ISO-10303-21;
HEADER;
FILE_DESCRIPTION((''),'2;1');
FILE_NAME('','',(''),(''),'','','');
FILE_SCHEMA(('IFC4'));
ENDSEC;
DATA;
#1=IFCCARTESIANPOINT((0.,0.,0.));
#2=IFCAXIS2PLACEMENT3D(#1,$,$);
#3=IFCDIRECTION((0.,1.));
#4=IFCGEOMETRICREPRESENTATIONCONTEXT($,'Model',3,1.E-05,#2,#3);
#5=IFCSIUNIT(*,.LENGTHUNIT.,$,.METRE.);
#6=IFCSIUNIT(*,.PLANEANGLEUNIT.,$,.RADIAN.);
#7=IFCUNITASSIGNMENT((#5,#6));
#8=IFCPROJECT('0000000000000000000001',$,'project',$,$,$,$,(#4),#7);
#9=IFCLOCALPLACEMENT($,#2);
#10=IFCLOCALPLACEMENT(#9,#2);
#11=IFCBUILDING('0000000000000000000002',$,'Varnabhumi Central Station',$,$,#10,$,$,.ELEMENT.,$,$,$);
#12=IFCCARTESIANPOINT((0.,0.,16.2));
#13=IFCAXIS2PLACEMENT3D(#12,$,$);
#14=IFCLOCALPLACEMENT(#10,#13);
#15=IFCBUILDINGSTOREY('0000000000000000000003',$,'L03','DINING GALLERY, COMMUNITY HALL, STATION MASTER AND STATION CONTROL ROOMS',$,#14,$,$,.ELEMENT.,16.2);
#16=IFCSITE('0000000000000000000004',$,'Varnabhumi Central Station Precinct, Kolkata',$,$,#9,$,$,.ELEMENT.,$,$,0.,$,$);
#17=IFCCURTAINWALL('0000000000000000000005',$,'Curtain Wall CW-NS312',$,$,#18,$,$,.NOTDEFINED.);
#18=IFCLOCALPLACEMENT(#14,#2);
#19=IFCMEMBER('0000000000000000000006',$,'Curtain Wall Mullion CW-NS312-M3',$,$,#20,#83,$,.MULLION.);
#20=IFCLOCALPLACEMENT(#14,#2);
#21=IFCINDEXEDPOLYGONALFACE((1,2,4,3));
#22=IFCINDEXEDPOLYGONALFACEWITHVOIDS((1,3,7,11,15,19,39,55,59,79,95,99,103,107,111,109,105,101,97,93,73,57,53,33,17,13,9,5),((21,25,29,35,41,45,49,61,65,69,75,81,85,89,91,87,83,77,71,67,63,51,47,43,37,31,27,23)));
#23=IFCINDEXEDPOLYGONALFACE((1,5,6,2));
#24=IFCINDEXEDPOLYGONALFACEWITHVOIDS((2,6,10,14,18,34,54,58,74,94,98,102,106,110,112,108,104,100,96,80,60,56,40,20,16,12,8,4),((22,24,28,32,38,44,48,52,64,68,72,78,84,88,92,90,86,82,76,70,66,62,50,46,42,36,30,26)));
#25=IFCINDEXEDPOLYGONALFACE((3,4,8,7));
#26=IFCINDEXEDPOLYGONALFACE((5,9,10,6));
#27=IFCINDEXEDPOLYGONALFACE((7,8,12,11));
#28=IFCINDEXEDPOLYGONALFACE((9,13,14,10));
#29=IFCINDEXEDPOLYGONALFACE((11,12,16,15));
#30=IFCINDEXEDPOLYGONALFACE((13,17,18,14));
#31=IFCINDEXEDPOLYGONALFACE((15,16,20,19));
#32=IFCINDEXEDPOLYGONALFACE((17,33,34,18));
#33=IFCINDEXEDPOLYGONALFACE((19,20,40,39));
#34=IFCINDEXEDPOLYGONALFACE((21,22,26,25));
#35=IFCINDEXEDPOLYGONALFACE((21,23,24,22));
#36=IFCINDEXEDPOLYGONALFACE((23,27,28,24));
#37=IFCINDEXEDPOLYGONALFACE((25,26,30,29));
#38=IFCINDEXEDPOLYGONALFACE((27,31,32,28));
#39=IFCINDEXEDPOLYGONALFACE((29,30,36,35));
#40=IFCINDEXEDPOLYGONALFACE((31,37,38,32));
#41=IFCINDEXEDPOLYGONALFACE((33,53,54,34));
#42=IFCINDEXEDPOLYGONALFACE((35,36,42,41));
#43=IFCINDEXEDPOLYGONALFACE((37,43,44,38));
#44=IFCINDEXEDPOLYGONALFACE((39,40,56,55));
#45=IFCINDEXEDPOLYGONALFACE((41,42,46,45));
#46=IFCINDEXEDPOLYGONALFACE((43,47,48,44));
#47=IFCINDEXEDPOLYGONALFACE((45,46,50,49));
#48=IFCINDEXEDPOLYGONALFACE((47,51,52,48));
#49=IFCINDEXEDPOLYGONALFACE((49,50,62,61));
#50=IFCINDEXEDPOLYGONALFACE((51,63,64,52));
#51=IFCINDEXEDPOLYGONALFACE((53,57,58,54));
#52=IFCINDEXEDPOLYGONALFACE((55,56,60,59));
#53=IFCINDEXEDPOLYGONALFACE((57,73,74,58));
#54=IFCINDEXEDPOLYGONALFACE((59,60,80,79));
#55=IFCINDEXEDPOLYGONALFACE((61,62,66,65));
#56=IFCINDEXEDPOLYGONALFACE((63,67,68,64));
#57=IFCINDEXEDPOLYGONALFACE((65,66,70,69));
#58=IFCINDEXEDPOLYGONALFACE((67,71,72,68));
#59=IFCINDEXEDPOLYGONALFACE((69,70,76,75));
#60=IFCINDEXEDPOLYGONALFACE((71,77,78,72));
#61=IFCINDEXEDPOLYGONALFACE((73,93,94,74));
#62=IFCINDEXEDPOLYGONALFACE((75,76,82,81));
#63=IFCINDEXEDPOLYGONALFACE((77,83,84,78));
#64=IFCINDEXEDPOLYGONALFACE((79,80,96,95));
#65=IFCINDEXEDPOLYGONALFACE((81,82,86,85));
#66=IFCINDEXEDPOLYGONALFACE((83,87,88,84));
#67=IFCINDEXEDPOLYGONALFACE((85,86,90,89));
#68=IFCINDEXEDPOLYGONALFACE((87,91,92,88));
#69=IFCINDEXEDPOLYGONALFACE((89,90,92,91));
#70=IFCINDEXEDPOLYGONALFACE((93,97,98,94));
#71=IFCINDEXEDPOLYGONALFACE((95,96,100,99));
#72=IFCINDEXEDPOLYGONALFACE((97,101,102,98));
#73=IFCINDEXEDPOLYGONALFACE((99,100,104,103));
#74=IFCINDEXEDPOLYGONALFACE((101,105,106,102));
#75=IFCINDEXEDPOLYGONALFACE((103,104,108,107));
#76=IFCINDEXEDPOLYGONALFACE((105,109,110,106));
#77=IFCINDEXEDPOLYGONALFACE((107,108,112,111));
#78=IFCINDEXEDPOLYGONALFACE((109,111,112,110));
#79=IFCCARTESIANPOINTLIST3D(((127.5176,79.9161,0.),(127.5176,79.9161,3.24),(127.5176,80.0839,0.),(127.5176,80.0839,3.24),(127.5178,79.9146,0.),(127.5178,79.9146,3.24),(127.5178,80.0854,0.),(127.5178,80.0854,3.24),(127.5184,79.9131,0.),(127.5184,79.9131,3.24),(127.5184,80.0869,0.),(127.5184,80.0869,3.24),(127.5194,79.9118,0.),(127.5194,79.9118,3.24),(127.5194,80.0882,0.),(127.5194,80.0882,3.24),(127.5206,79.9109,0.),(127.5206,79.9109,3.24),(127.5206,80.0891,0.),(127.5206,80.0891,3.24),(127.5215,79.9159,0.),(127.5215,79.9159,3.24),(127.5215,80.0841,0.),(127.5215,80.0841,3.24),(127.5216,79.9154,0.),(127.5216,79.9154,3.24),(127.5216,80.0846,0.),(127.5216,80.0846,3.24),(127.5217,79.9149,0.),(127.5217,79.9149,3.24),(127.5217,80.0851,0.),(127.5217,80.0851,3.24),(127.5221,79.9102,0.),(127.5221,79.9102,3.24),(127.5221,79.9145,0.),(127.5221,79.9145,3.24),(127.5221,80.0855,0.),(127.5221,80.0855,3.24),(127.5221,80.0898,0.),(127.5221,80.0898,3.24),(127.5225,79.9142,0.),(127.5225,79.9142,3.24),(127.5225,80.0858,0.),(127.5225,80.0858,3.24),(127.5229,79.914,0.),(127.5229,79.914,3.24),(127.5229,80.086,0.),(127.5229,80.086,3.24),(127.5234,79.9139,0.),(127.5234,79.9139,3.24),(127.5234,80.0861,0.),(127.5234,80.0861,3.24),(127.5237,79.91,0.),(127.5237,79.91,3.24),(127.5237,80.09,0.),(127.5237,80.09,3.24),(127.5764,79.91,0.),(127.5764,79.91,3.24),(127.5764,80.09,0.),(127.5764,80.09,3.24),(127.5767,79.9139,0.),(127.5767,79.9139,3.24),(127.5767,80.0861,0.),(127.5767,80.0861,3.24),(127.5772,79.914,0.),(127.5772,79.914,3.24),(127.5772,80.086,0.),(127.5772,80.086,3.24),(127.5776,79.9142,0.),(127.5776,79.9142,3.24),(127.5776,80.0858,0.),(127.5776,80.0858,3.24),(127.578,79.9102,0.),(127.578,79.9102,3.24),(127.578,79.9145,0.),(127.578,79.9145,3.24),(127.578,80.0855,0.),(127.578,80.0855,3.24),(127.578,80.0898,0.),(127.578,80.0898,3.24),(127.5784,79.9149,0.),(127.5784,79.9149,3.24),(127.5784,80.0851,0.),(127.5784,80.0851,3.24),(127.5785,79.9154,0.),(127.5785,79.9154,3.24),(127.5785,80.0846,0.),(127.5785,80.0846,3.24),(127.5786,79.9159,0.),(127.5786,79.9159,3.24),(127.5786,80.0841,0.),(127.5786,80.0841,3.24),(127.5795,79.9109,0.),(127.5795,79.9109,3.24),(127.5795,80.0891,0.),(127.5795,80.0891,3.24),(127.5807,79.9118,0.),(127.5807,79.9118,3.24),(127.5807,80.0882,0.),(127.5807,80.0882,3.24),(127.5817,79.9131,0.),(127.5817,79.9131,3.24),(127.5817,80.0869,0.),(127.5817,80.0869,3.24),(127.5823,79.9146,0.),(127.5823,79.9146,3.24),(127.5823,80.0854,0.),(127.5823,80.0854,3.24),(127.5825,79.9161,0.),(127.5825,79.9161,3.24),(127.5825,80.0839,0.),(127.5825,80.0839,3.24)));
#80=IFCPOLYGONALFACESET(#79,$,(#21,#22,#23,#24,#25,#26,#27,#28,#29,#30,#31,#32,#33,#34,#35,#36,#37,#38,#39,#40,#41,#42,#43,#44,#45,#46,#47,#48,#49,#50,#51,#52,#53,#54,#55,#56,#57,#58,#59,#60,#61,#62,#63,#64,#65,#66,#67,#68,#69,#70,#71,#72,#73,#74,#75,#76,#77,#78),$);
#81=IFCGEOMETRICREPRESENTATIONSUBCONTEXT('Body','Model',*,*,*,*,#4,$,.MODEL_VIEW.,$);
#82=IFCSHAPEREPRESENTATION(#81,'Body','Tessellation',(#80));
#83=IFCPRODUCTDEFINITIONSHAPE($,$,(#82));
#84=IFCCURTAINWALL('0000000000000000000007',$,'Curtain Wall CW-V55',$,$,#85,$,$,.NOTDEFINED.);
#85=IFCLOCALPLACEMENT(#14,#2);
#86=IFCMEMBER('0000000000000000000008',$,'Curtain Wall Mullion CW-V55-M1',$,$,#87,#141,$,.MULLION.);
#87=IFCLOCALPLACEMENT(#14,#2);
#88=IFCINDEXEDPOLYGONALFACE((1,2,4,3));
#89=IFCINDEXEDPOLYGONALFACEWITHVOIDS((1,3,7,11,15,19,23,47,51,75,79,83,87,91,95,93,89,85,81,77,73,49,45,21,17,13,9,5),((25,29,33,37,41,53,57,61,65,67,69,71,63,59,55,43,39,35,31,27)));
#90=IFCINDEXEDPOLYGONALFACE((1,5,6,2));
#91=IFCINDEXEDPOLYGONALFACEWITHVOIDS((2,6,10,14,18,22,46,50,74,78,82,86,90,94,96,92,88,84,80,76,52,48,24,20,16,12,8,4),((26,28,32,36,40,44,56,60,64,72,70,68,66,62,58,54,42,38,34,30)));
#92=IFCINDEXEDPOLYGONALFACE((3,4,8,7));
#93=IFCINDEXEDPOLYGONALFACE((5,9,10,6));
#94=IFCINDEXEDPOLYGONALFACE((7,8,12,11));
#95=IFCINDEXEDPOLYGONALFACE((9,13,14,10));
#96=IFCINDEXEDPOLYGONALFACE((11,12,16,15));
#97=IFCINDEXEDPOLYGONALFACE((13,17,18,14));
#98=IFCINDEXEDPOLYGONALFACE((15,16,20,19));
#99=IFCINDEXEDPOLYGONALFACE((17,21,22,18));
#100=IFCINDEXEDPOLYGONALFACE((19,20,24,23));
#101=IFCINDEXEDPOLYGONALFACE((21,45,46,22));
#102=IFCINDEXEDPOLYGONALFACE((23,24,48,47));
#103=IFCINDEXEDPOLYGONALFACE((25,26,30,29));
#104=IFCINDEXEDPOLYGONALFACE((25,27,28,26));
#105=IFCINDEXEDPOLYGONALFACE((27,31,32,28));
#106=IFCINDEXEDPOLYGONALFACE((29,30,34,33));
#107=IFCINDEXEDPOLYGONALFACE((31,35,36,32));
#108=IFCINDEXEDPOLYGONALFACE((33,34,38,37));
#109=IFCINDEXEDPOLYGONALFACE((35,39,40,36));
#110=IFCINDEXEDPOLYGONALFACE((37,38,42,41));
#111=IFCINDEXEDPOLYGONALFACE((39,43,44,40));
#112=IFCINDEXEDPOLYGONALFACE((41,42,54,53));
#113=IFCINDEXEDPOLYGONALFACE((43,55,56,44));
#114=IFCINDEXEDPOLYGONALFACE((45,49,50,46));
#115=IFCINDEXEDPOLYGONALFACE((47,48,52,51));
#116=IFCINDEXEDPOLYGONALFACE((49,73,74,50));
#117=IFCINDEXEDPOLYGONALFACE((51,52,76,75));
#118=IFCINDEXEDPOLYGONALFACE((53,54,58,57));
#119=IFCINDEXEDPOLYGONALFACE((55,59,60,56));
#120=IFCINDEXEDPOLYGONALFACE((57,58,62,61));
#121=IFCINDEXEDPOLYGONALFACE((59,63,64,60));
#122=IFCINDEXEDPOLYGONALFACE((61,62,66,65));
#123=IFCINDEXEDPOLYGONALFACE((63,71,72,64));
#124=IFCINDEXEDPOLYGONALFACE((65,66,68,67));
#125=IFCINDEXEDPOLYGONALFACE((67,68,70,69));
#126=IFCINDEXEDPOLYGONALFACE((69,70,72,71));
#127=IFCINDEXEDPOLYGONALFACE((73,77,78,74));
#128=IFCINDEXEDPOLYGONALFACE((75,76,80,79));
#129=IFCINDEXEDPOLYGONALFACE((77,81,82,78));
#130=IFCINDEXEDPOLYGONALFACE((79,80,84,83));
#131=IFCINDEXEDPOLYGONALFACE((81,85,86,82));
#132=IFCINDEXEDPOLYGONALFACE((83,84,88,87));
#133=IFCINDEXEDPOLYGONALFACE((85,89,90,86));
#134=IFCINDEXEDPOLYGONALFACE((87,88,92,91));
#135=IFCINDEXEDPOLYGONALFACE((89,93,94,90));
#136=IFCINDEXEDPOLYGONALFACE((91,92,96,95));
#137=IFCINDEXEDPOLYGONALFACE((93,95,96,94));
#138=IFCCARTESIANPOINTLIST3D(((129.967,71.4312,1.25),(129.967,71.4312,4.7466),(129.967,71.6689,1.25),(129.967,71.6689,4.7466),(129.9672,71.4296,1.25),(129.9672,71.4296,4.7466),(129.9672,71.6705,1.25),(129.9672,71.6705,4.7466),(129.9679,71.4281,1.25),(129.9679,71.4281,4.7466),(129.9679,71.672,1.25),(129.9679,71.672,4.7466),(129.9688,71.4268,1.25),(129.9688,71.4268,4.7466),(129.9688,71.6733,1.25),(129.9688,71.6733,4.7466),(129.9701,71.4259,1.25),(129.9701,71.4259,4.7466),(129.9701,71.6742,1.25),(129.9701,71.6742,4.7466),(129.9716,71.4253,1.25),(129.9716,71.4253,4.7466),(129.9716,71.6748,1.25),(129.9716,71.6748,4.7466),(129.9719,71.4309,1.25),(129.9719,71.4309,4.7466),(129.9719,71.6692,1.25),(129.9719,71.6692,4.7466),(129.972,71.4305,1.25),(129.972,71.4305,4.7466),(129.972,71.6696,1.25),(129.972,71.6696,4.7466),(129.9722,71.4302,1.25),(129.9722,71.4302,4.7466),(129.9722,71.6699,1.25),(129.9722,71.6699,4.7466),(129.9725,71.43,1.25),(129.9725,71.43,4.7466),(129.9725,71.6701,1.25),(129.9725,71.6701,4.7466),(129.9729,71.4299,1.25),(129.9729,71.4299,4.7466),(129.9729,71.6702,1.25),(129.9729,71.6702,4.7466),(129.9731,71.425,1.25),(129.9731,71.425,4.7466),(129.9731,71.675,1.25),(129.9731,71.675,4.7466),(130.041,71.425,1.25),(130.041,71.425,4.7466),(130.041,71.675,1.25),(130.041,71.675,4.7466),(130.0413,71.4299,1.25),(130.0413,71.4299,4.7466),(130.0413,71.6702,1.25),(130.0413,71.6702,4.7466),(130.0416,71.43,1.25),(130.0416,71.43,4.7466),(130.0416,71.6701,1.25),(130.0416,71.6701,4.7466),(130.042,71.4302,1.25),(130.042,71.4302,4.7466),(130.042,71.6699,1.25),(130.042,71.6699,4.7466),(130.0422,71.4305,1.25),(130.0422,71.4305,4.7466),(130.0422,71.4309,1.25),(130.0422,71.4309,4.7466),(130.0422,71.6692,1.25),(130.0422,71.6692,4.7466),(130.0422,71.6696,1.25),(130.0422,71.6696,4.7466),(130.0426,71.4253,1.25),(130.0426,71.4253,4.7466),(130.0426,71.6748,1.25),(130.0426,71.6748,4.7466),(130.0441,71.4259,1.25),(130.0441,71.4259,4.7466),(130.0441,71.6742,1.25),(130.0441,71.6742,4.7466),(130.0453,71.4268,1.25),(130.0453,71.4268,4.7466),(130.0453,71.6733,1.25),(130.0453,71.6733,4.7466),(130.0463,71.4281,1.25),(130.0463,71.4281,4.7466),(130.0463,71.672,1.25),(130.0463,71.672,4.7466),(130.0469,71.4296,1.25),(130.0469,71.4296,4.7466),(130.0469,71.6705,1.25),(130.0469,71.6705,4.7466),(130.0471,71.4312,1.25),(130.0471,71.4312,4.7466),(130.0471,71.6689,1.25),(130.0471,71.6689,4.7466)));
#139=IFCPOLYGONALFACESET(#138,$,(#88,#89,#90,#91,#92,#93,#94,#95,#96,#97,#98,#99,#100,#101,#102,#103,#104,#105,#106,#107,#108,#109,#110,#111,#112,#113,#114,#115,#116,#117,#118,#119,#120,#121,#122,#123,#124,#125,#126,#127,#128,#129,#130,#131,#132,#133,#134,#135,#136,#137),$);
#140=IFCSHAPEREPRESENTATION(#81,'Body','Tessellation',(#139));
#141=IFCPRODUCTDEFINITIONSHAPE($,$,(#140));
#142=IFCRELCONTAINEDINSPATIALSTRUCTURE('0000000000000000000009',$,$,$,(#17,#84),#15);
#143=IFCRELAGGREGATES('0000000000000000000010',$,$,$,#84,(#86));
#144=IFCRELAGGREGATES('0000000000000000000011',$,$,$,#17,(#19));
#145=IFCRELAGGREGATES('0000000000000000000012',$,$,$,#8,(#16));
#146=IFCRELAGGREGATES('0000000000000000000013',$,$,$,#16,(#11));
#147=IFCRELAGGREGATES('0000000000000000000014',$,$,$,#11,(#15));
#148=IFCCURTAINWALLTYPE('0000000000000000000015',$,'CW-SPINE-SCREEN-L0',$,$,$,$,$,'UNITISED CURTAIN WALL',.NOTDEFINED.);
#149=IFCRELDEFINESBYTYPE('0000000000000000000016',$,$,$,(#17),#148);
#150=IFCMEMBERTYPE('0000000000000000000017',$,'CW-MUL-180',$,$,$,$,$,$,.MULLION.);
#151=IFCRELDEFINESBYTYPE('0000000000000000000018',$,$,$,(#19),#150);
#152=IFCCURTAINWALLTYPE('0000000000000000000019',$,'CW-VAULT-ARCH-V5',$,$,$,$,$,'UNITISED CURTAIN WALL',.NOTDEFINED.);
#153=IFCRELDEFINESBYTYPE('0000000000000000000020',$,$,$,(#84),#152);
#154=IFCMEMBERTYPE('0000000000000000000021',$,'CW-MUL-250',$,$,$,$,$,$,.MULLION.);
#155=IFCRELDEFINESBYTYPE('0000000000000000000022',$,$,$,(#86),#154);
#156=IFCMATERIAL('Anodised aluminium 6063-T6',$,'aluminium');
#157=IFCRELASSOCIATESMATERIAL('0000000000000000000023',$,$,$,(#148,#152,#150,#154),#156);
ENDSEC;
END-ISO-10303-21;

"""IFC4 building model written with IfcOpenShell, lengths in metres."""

from ifc_helpers import new_model, si_unit, direction, frame, origin, origin_2d, place, context, subcontext, project, spatial, hollow_rectangle, extrude, material, material_profile, profile_set, type_object, element, aggregate, save


model = new_model("IFC4")

# Units and contexts
model_context = context("Model", 3, precision=1e-05, world=origin(), true_north=direction((0.0, 1.0)))
body_context = subcontext(model_context, "Body", "Model", "MODEL_VIEW")
ifc_project = project(units=[si_unit("LENGTHUNIT", "METRE"), si_unit("PLANEANGLEUNIT", "RADIAN")], contexts=[model_context])

# Site, building, storey
site_placement = place(None, origin())
site = spatial("IfcSite", under=ifc_project, at=site_placement, Name="Varnabhumi Central Station Precinct, Kolkata", CompositionType="ELEMENT", RefElevation=0.0)
building_placement = place(site_placement, origin())
building = spatial("IfcBuilding", under=site, at=building_placement, Name="Varnabhumi Central Station", CompositionType="ELEMENT")
storey_placement = place(building_placement, frame((0.0, 0.0, 16.2)))
storey = spatial("IfcBuildingStorey", under=building, at=storey_placement, Name="L03", Description="DINING GALLERY, COMMUNITY HALL, STATION MASTER AND STATION CONTROL ROOMS", CompositionType="ELEMENT", Elevation=16.2)

# Shared definitions
ifc_material_1 = material(Name="Anodised aluminium 6063-T6", Category="aluminium")
curtain_wall_type_1 = type_object("IfcCurtainWallType", Name="CW-SPINE-SCREEN-L0", ElementType="UNITISED CURTAIN WALL", PredefinedType="NOTDEFINED", material=ifc_material_1)
ifc_material_profile_1 = material_profile(ifc_material_1, hollow_rectangle(XDim=0.0649, YDim=0.1799, WallThickness=0.0039, InnerFilletRadius=0.002, OuterFilletRadius=0.0061, at=origin_2d()), Name="Anodised aluminium 6063-T6", Category="aluminium")
ifc_profile_set_1 = profile_set([ifc_material_profile_1], Name="Anodised aluminium 6063-T6")
member_type_1 = type_object("IfcMemberType", Name="CW-MUL-180", PredefinedType="MULLION", material=ifc_profile_set_1)

# Curtain wall, member
curtain_wall_1_placement = place(storey_placement, origin())
curtain_wall_1 = element("IfcCurtainWall", 1, at=curtain_wall_1_placement, inside=storey, type_object=curtain_wall_type_1, Name="Curtain Wall CW-NS312", PredefinedType="NOTDEFINED")
member_1_placement = place(storey_placement, frame((127.55, 80.0, 0.0), z_axis=(0.0, 0.0, 1.0), x_axis=(1.0, 0.0, 0.0)))
member_1 = element("IfcMember", 2, at=member_1_placement, type_object=member_type_1, Name="Curtain Wall Mullion CW-NS312-M3", PredefinedType="MULLION", context=body_context, shape_type="SweptSolid", body=[
    extrude(hollow_rectangle(XDim=0.0649, YDim=0.1799, WallThickness=0.0039, InnerFilletRadius=0.002, OuterFilletRadius=0.0061, at=origin_2d()), origin(), (0.0, 0.0, 1.0), 3.24),
])

# Curtain wall, member
curtain_wall_type_2 = type_object("IfcCurtainWallType", Name="CW-VAULT-ARCH-V5", ElementType="UNITISED CURTAIN WALL", PredefinedType="NOTDEFINED", material=ifc_material_1)
curtain_wall_2_placement = place(storey_placement, origin())
curtain_wall_2 = element("IfcCurtainWall", 3, at=curtain_wall_2_placement, inside=storey, type_object=curtain_wall_type_2, Name="Curtain Wall CW-V55", PredefinedType="NOTDEFINED")
ifc_material_profile_2 = material_profile(ifc_material_1, hollow_rectangle(XDim=0.0801, YDim=0.25, WallThickness=0.0049, InnerFilletRadius=0.001, OuterFilletRadius=0.0061, at=origin_2d()), Name="Anodised aluminium 6063-T6", Category="aluminium")
ifc_profile_set_2 = profile_set([ifc_material_profile_2], Name="Anodised aluminium 6063-T6")
member_type_2 = type_object("IfcMemberType", Name="CW-MUL-250", PredefinedType="MULLION", material=ifc_profile_set_2)
member_2_placement = place(storey_placement, frame((130.0071, 71.55, 1.25), z_axis=(0.0, 0.0, 1.0), x_axis=(1.0, 0.0, 0.0)))
member_2 = element("IfcMember", 4, at=member_2_placement, type_object=member_type_2, Name="Curtain Wall Mullion CW-V55-M1", PredefinedType="MULLION", context=body_context, shape_type="SweptSolid", body=[
    extrude(hollow_rectangle(XDim=0.0801, YDim=0.25, WallThickness=0.0049, InnerFilletRadius=0.001, OuterFilletRadius=0.0061, at=origin_2d()), origin(), (0.0, 0.0, 1.0), 3.4966),
])

aggregate(curtain_wall_2, [member_2])
aggregate(curtain_wall_1, [member_1])

save(model, "model.ifc")
